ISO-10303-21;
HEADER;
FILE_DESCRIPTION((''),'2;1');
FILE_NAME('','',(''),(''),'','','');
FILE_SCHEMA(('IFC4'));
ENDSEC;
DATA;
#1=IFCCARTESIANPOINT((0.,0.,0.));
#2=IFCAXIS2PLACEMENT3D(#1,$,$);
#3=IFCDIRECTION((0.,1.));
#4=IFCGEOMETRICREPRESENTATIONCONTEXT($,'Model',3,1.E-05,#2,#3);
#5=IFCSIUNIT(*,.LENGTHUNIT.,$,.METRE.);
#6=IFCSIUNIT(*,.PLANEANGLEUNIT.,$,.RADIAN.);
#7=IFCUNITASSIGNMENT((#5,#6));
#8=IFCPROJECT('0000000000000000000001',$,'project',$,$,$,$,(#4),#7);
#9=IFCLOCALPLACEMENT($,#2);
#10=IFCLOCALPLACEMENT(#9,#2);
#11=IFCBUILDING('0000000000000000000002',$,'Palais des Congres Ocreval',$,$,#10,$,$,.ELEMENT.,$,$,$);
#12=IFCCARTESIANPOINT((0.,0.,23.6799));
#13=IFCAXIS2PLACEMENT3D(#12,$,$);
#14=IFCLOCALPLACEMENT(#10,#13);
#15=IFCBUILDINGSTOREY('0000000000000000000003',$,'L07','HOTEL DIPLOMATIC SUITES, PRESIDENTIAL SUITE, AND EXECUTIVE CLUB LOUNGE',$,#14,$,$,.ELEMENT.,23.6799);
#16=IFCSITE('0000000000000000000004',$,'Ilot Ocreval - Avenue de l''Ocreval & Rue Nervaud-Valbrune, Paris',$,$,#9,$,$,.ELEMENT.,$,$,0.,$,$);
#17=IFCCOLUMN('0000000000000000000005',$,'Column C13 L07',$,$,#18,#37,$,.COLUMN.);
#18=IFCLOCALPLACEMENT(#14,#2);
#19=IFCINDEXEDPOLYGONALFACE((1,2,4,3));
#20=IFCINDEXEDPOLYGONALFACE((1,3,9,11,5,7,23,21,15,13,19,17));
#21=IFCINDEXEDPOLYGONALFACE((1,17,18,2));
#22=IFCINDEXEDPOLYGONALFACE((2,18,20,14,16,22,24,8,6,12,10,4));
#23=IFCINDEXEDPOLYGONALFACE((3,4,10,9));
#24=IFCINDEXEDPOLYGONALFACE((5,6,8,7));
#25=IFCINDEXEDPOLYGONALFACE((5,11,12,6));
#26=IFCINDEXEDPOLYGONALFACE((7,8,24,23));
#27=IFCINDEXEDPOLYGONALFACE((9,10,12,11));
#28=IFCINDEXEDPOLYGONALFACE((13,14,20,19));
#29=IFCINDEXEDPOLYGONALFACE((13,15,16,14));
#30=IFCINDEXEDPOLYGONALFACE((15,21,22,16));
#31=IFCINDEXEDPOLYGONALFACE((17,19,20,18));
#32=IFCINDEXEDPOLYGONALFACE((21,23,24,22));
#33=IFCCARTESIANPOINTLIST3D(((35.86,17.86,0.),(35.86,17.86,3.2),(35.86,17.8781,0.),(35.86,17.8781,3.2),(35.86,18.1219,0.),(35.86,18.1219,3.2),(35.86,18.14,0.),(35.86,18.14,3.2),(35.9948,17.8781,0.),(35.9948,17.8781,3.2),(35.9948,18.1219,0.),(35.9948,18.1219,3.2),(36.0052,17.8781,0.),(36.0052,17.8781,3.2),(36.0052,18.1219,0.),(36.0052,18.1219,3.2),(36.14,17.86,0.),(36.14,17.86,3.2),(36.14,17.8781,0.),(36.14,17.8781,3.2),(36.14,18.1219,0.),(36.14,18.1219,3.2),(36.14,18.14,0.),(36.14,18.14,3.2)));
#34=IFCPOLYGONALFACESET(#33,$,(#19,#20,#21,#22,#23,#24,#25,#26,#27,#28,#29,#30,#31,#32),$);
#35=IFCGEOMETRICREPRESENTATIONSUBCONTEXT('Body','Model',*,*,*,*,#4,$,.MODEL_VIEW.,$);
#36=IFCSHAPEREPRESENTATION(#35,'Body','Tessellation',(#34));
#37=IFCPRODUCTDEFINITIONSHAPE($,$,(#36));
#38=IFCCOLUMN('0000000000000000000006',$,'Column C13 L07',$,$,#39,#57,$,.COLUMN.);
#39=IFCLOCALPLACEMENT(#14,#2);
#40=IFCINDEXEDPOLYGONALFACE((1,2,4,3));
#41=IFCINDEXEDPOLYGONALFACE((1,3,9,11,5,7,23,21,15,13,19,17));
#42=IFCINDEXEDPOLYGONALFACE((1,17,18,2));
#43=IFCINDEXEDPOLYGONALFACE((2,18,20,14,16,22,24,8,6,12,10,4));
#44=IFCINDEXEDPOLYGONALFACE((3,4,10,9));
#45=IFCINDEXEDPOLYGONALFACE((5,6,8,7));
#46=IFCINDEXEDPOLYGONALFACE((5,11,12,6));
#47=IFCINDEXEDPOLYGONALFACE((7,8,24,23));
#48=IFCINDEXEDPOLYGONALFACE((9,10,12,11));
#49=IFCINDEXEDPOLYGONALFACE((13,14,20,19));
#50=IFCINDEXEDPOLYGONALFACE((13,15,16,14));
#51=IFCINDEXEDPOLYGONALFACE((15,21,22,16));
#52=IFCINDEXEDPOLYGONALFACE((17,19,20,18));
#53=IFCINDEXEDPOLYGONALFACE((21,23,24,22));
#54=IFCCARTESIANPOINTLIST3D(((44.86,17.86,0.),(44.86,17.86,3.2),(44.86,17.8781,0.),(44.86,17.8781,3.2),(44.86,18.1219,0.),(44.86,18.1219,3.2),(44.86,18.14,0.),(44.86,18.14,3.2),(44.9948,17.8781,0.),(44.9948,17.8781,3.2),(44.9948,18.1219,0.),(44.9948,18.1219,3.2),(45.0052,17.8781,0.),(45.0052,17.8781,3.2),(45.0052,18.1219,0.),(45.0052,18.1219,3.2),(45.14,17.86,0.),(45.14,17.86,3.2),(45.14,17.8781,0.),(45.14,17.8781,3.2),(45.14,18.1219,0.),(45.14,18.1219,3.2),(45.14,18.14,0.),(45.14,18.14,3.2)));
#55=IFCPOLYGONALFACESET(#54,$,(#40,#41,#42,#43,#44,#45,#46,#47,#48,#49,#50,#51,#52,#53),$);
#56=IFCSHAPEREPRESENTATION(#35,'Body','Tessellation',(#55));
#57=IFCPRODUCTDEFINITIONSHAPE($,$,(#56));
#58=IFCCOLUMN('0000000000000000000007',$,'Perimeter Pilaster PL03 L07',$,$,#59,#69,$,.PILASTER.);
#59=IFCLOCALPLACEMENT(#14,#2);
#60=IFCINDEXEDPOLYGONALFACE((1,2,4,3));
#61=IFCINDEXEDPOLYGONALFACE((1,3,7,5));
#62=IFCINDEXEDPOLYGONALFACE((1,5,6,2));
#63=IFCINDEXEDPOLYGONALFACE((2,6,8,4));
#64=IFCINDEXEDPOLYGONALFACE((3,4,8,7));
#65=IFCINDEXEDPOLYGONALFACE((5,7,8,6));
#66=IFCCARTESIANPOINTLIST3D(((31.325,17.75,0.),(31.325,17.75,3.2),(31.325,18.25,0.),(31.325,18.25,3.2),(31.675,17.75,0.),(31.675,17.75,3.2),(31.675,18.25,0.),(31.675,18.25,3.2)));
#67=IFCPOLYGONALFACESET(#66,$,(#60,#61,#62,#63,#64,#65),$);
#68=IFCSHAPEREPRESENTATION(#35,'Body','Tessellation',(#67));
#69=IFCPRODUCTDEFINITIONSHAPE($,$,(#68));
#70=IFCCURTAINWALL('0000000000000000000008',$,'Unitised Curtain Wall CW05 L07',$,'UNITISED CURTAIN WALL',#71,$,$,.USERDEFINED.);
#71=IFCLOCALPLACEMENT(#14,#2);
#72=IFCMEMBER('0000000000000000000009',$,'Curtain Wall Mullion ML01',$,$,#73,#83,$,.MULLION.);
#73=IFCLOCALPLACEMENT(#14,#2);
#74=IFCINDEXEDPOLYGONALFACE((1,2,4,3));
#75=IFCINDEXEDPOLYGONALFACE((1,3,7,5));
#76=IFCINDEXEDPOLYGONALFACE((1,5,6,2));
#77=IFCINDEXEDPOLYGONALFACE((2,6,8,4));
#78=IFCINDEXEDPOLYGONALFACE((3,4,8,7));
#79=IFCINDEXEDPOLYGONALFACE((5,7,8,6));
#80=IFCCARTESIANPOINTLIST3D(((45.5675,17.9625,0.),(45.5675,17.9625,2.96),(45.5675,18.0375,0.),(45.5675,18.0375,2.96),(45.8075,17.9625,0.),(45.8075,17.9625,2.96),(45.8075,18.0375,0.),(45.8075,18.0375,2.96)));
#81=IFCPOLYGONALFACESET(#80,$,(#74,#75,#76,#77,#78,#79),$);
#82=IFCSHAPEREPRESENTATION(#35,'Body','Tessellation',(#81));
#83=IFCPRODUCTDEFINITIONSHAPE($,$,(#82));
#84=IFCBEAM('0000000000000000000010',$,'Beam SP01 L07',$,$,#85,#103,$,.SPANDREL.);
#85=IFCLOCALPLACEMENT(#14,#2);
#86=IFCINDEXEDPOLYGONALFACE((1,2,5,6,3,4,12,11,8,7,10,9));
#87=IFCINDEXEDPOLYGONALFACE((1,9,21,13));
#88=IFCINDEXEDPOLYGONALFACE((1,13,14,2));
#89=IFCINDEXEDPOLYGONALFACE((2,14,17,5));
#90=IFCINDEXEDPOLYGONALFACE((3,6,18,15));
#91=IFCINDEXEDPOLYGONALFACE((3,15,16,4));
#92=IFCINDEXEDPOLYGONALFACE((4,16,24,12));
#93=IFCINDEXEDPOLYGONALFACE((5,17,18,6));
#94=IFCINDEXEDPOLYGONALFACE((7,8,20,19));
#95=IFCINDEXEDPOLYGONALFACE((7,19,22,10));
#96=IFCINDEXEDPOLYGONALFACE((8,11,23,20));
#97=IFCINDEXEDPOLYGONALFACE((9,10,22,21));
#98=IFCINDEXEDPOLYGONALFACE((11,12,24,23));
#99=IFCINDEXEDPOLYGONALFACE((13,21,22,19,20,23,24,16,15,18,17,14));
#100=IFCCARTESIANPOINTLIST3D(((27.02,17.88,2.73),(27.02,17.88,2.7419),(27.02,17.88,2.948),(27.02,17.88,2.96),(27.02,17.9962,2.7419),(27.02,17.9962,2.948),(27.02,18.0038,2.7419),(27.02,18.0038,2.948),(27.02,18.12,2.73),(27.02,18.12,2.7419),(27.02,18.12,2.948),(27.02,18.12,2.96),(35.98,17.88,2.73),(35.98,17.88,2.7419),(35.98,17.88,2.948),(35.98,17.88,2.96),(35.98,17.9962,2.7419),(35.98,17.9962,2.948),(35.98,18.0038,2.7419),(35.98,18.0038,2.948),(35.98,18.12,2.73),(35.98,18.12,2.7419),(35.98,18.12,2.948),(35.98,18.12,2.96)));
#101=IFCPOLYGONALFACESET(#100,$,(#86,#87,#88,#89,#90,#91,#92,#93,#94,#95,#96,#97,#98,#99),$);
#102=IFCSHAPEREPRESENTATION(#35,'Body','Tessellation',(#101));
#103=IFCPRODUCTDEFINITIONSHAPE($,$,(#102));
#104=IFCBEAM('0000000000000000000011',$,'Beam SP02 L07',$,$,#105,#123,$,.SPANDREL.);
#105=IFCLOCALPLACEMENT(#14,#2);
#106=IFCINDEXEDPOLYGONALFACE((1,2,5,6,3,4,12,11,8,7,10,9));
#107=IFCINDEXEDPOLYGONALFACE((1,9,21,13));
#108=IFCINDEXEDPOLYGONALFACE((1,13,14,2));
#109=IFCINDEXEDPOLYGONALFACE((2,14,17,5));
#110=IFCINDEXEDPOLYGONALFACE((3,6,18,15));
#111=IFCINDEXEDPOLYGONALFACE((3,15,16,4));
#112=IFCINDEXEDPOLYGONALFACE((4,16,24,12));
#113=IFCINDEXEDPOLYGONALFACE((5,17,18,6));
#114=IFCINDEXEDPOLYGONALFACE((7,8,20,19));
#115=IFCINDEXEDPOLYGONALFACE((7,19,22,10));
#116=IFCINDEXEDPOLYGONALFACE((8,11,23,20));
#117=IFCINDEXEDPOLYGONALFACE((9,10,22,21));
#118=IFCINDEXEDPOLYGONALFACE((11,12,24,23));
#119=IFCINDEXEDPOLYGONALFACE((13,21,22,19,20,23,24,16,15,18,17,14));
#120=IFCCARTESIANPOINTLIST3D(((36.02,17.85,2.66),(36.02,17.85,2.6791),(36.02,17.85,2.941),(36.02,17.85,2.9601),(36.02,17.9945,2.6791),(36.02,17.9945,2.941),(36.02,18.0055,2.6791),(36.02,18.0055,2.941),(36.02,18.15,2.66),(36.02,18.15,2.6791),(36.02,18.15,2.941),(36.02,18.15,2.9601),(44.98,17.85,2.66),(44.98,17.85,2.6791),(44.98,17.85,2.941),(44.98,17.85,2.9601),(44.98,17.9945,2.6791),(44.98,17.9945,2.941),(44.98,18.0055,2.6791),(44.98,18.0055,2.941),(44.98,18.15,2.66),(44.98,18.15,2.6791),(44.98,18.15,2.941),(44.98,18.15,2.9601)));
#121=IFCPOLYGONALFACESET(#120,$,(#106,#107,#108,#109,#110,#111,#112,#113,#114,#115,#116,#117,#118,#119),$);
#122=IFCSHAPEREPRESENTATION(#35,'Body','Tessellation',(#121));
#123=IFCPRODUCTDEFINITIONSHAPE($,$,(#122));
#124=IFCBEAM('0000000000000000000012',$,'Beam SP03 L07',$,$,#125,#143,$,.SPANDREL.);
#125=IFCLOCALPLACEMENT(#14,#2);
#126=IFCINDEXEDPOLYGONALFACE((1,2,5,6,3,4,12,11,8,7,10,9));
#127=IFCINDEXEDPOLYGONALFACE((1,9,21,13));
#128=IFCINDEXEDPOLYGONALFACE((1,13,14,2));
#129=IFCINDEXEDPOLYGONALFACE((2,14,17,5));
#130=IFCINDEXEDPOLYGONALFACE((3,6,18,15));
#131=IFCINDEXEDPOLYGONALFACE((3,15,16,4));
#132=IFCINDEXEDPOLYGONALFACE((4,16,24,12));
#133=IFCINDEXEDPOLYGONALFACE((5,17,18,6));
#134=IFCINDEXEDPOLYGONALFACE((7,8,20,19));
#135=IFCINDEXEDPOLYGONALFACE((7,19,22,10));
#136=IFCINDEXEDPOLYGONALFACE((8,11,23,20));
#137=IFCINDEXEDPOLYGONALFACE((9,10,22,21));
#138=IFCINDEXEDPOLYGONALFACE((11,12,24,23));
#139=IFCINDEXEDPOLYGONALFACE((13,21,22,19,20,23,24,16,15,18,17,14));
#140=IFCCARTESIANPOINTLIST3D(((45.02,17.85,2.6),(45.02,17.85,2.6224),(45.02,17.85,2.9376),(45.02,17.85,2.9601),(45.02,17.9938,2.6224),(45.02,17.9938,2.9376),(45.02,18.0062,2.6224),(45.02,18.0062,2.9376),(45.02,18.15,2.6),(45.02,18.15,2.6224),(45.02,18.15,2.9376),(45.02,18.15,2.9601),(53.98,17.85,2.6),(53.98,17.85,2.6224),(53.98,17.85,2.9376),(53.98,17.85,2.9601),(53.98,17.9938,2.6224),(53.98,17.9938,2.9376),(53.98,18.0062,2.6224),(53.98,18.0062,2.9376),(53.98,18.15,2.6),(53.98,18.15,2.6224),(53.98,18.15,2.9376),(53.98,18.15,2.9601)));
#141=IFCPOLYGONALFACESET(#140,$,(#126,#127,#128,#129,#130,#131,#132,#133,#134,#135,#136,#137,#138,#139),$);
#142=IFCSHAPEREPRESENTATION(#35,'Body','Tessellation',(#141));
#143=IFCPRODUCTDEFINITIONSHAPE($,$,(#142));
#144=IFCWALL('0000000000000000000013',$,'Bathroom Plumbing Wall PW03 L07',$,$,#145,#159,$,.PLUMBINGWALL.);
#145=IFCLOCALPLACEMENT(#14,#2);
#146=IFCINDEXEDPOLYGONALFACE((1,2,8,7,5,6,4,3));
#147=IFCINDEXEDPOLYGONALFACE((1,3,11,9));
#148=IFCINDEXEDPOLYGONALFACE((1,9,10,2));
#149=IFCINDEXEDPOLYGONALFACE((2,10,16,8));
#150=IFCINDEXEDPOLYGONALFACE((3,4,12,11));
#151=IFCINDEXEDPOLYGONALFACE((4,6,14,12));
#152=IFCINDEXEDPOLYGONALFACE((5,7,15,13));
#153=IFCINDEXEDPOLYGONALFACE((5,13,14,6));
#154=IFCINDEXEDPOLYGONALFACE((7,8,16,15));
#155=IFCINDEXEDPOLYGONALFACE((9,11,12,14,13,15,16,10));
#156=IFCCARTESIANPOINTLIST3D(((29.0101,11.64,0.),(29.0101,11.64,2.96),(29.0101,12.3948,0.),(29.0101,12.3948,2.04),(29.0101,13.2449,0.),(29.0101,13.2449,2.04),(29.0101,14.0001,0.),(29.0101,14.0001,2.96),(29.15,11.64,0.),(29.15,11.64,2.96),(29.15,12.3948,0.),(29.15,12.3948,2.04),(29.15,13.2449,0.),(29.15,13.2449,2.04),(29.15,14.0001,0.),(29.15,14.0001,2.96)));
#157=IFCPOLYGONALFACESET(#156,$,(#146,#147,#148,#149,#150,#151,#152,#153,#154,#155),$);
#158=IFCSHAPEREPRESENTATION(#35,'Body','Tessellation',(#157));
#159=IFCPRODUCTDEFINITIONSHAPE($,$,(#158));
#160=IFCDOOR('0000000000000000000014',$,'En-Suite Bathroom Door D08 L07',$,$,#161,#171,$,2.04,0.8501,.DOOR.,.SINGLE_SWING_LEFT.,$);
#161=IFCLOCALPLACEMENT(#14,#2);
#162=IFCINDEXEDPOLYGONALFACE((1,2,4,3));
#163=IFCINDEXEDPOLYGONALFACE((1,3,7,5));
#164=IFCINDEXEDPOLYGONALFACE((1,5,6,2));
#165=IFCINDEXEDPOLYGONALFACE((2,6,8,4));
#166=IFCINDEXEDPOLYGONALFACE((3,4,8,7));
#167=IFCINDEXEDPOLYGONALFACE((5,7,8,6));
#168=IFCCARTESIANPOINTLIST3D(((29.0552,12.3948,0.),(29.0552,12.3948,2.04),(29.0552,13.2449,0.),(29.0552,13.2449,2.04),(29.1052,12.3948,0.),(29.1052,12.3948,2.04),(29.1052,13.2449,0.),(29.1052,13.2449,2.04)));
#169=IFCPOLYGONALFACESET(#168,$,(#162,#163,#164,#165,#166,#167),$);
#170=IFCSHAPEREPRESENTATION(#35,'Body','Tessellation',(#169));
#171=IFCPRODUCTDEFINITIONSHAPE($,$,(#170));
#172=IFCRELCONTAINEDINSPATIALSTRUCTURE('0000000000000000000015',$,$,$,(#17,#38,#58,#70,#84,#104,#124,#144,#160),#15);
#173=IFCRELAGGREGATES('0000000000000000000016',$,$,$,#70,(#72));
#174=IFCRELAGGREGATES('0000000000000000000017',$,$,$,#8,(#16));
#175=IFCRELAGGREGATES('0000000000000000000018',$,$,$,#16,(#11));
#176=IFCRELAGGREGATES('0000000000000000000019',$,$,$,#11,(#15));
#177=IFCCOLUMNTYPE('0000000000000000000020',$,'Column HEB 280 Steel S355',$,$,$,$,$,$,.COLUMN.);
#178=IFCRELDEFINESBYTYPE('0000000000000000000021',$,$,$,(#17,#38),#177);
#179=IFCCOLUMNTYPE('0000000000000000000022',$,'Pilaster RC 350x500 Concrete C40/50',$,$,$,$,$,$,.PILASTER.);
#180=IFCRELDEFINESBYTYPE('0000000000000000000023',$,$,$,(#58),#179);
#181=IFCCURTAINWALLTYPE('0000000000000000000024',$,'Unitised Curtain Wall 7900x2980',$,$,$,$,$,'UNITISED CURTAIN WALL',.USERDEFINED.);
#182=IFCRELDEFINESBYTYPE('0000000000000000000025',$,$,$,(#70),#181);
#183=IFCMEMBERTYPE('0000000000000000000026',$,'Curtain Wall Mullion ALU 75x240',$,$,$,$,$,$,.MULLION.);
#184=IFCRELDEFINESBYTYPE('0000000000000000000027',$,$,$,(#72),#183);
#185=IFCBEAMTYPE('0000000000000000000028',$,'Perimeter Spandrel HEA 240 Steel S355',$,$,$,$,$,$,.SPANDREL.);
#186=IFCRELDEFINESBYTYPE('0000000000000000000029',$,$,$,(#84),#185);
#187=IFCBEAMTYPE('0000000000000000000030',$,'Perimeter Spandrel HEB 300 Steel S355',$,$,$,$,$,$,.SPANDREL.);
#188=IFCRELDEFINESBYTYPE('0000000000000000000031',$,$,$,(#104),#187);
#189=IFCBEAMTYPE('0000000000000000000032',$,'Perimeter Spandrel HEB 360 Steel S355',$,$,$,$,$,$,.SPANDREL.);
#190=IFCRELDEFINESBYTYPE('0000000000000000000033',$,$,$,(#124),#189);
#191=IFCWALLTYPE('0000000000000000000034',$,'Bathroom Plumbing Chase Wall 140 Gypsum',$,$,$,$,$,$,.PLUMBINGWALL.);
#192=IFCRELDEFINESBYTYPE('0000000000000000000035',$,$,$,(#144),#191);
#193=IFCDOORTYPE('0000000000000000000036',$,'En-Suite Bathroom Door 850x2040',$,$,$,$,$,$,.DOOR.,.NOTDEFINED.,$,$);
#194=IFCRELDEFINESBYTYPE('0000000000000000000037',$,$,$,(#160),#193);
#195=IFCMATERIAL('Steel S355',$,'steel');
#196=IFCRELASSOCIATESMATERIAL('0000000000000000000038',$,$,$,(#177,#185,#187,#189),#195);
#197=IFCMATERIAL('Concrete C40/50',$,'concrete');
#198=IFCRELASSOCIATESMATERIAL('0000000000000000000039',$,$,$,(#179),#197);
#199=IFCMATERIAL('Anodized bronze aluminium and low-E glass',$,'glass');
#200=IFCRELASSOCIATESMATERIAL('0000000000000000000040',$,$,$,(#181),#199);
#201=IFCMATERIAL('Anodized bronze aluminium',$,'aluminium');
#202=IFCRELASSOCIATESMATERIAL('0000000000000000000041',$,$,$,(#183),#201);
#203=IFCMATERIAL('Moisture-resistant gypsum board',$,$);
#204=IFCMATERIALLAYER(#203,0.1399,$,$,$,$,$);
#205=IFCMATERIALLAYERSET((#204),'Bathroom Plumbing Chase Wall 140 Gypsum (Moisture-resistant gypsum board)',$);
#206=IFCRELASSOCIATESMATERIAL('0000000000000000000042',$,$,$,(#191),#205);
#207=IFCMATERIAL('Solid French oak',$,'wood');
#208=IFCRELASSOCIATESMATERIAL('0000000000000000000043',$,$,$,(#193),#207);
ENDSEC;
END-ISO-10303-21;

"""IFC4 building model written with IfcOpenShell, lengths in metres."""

from ifc_helpers import new_model, si_unit, direction, frame, frame_2d, origin, origin_2d, place, context, subcontext, project, spatial, rectangle, i_section, extrude, material, layer, layer_set, material_profile, profile_set, type_object, element, fill, aggregate, save


model = new_model("IFC4")

# Units and contexts
model_context = context("Model", 3, precision=1e-05, world=origin(), true_north=direction((0.0, 1.0)))
body_context = subcontext(model_context, "Body", "Model", "MODEL_VIEW")
ifc_project = project(units=[si_unit("LENGTHUNIT", "METRE"), si_unit("PLANEANGLEUNIT", "RADIAN")], contexts=[model_context])

# Site, building, storey
site_placement = place(None, origin())
site = spatial("IfcSite", under=ifc_project, at=site_placement, Name="Ilot Ocreval - Avenue de l'Ocreval & Rue Nervaud-Valbrune, Paris", CompositionType="ELEMENT", RefElevation=0.0)
building_placement = place(site_placement, origin())
building = spatial("IfcBuilding", under=site, at=building_placement, Name="Palais des Congres Ocreval", CompositionType="ELEMENT")
storey_placement = place(building_placement, frame((0.0, 0.0, 23.6799)))
storey = spatial("IfcBuildingStorey", under=building, at=storey_placement, Name="L07", Description="HOTEL DIPLOMATIC SUITES, PRESIDENTIAL SUITE, AND EXECUTIVE CLUB LOUNGE", CompositionType="ELEMENT", Elevation=23.6799)

# Columns
ifc_material_1 = material(Name="Steel S355", Category="steel")
ifc_material_profile_1 = material_profile(ifc_material_1, i_section(OverallWidth=0.28, OverallDepth=0.28, WebThickness=0.0105, FlangeThickness=0.0181, at=origin_2d()), Name="HEB 280")
ifc_profile_set_1 = profile_set([ifc_material_profile_1], Name="Steel S355")
column_type_1 = type_object("IfcColumnType", Name="Column HEB 280 Steel S355", PredefinedType="COLUMN", material=ifc_profile_set_1)
for number, where, z_axis, x_axis, name in (
    (1, (36.0, 18.0, 0.0), (0.0, 0.0, 1.0), (1.0, 0.0, 0.0), "Column C13 L07"),
    (2, (45.0, 18.0, 0.0), (0.0, 0.0, 1.0), (1.0, 0.0, 0.0), "Column C13 L07"),
):
    element("IfcColumn", number, at=place(storey_placement, frame(where, z_axis=z_axis, x_axis=x_axis)), inside=storey, type_object=column_type_1, Name=name, PredefinedType="COLUMN", context=body_context, shape_type="SweptSolid", body=[
        extrude(i_section(OverallWidth=0.28, OverallDepth=0.28, WebThickness=0.0105, FlangeThickness=0.0181, at=origin_2d()), origin(), (0.0, 0.0, 1.0), 3.2),
    ])
ifc_material_2 = material(Name="Concrete C40/50", Category="concrete")
ifc_material_profile_2 = material_profile(ifc_material_2, rectangle(XDim=0.3501, YDim=0.5, at=origin_2d()), Name="RC 350x500")
ifc_profile_set_2 = profile_set([ifc_material_profile_2], Name="Concrete C40/50")
column_type_2 = type_object("IfcColumnType", Name="Pilaster RC 350x500 Concrete C40/50", PredefinedType="PILASTER", material=ifc_profile_set_2)
column_placement = place(storey_placement, frame((31.5, 18.0, 0.0), z_axis=(0.0, 0.0, 1.0), x_axis=(1.0, 0.0, 0.0)))
element("IfcColumn", 3, at=column_placement, inside=storey, type_object=column_type_2, Name="Perimeter Pilaster PL03 L07", PredefinedType="PILASTER", context=body_context, shape_type="SweptSolid", body=[
    extrude(rectangle(XDim=0.3501, YDim=0.5, at=origin_2d()), origin(), (0.0, 0.0, 1.0), 3.2),
])

# Curtain wall, member
ifc_material_3 = material(Name="Anodized bronze aluminium and low-E glass", Category="glass")
curtain_wall_type = type_object("IfcCurtainWallType", Name="Unitised Curtain Wall 7900x2980", ElementType="UNITISED CURTAIN WALL", PredefinedType="USERDEFINED", material=ifc_material_3)
curtain_wall_placement = place(storey_placement, origin())
curtain_wall = element("IfcCurtainWall", 4, at=curtain_wall_placement, inside=storey, type_object=curtain_wall_type, Name="Unitised Curtain Wall CW05 L07", ObjectType="UNITISED CURTAIN WALL", PredefinedType="USERDEFINED")
ifc_material_4 = material(Name="Anodized bronze aluminium", Category="aluminium")
ifc_material_profile_3 = material_profile(ifc_material_4, rectangle(XDim=0.075, YDim=0.24, at=origin_2d()), Name="ALU 75x240")
ifc_profile_set_3 = profile_set([ifc_material_profile_3], Name="Anodized bronze aluminium")
member_type = type_object("IfcMemberType", Name="Curtain Wall Mullion ALU 75x240", PredefinedType="MULLION", material=ifc_profile_set_3)
member_placement = place(storey_placement, frame((45.6875, 18.0, 0.0), z_axis=(0.0, 0.0, 1.0), x_axis=(0.0, 1.0, 0.0)))
member = element("IfcMember", 5, at=member_placement, type_object=member_type, Name="Curtain Wall Mullion ML01", PredefinedType="MULLION", context=body_context, shape_type="SweptSolid", body=[
    extrude(rectangle(XDim=0.075, YDim=0.24, at=origin_2d()), origin(), (0.0, 0.0, 1.0), 2.96),
])
aggregate(curtain_wall, [member])

# Beams
ifc_material_profile_4 = material_profile(ifc_material_1, i_section(OverallWidth=0.24, OverallDepth=0.23, WebThickness=0.0076, FlangeThickness=0.012, at=origin_2d()), Name="HEA 240")
ifc_profile_set_4 = profile_set([ifc_material_profile_4], Name="Steel S355")
beam_type_1 = type_object("IfcBeamType", Name="Perimeter Spandrel HEA 240 Steel S355", PredefinedType="SPANDREL", material=ifc_profile_set_4)
beam_1_placement = place(storey_placement, frame((27.02, 18.0, 2.845), z_axis=(1.0, 0.0, 0.0), x_axis=(0.0, 1.0, 0.0)))
element("IfcBeam", 6, at=beam_1_placement, inside=storey, type_object=beam_type_1, Name="Beam SP01 L07", PredefinedType="SPANDREL", context=body_context, shape_type="SweptSolid", body=[
    extrude(i_section(OverallWidth=0.24, OverallDepth=0.23, WebThickness=0.0076, FlangeThickness=0.012, at=origin_2d()), origin(), (0.0, 0.0, 1.0), 8.96),
])
ifc_material_profile_5 = material_profile(ifc_material_1, i_section(OverallWidth=0.3, OverallDepth=0.3, WebThickness=0.011, FlangeThickness=0.019, at=origin_2d()), Name="HEB 300")
ifc_profile_set_5 = profile_set([ifc_material_profile_5], Name="Steel S355")
beam_type_2 = type_object("IfcBeamType", Name="Perimeter Spandrel HEB 300 Steel S355", PredefinedType="SPANDREL", material=ifc_profile_set_5)
beam_2_placement = place(storey_placement, frame((36.02, 18.0, 2.8101), z_axis=(1.0, 0.0, 0.0), x_axis=(0.0, 1.0, 0.0)))
element("IfcBeam", 7, at=beam_2_placement, inside=storey, type_object=beam_type_2, Name="Beam SP02 L07", PredefinedType="SPANDREL", context=body_context, shape_type="SweptSolid", body=[
    extrude(i_section(OverallWidth=0.3, OverallDepth=0.3, WebThickness=0.011, FlangeThickness=0.019, at=origin_2d()), origin(), (0.0, 0.0, 1.0), 8.96),
])
ifc_material_profile_6 = material_profile(ifc_material_1, i_section(OverallWidth=0.3, OverallDepth=0.3601, WebThickness=0.0125, FlangeThickness=0.0225, at=origin_2d()), Name="HEB 360")
ifc_profile_set_6 = profile_set([ifc_material_profile_6], Name="Steel S355")
beam_type_3 = type_object("IfcBeamType", Name="Perimeter Spandrel HEB 360 Steel S355", PredefinedType="SPANDREL", material=ifc_profile_set_6)
beam_3_placement = place(storey_placement, frame((45.02, 18.0, 2.78), z_axis=(1.0, 0.0, 0.0), x_axis=(0.0, 1.0, 0.0)))
element("IfcBeam", 8, at=beam_3_placement, inside=storey, type_object=beam_type_3, Name="Beam SP03 L07", PredefinedType="SPANDREL", context=body_context, shape_type="SweptSolid", body=[
    extrude(i_section(OverallWidth=0.3, OverallDepth=0.3601, WebThickness=0.0125, FlangeThickness=0.0225, at=origin_2d()), origin(), (0.0, 0.0, 1.0), 8.96),
])

# Wall, opening, door
ifc_material_5 = material(Name="Moisture-resistant gypsum board")
ifc_layer_1 = layer(ifc_material_5, 0.1399)
ifc_layer_set_1 = layer_set([ifc_layer_1], Name="Bathroom Plumbing Chase Wall 140 Gypsum (Moisture-resistant gypsum board)")
wall_type_1 = type_object("IfcWallType", Name="Bathroom Plumbing Chase Wall 140 Gypsum", PredefinedType="PLUMBINGWALL", material=ifc_layer_set_1)
wall_1_placement = place(storey_placement, frame((29.0801, 11.6399, 0.0), z_axis=(0.0, 0.0, 1.0), x_axis=(0.0, 1.0, 0.0)))
wall_1 = element("IfcWall", 9, at=wall_1_placement, inside=storey, type_object=wall_type_1, Name="Bathroom Plumbing Wall PW03 L07", PredefinedType="PLUMBINGWALL", context=body_context, shape_type="SweptSolid", body=[
    extrude(rectangle(XDim=2.3601, YDim=0.1399, at=frame_2d((1.1802, 0.0))), origin(), (0.0, 0.0, 1.0), 2.96),
])
opening_1_placement = place(wall_1_placement, frame((0.7549, 0.0, 0.0)))
opening_1 = element("IfcOpeningElement", 10, at=opening_1_placement, cuts=wall_1, PredefinedType="OPENING", context=body_context, shape_type="SweptSolid", body=[
    extrude(rectangle(XDim=0.8501, YDim=2.04, at=frame_2d((0.425, 1.02))), frame((0.0, 0.0798, 0.0), z_axis=(0.0, -1.0, 0.0), x_axis=(1.0, 0.0, 0.0)), (0.0, 0.0, 1.0), 0.1599),
])
ifc_material_6 = material(Name="Solid French oak", Category="wood")
door_type = type_object("IfcDoorType", Name="En-Suite Bathroom Door 850x2040", OperationType="NOTDEFINED", PredefinedType="DOOR", material=ifc_material_6)
door_1_placement = place(opening_1_placement, origin())
door_1 = element("IfcDoor", 11, at=door_1_placement, inside=storey, type_object=door_type, Name="En-Suite Bathroom Door D08 L07", OperationType="SINGLE_SWING_LEFT", OverallHeight=2.04, OverallWidth=0.8501, PredefinedType="DOOR", context=body_context, shape_type="SweptSolid", body=[
    extrude(rectangle(XDim=0.8501, YDim=2.04, at=frame_2d((0.425, 1.02))), frame((0.0, 0.0249, 0.0), z_axis=(0.0, -1.0, 0.0), x_axis=(1.0, 0.0, 0.0)), (0.0, 0.0, 1.0), 0.05),
])
fill(opening_1, door_1)

save(model, "model.ifc")
